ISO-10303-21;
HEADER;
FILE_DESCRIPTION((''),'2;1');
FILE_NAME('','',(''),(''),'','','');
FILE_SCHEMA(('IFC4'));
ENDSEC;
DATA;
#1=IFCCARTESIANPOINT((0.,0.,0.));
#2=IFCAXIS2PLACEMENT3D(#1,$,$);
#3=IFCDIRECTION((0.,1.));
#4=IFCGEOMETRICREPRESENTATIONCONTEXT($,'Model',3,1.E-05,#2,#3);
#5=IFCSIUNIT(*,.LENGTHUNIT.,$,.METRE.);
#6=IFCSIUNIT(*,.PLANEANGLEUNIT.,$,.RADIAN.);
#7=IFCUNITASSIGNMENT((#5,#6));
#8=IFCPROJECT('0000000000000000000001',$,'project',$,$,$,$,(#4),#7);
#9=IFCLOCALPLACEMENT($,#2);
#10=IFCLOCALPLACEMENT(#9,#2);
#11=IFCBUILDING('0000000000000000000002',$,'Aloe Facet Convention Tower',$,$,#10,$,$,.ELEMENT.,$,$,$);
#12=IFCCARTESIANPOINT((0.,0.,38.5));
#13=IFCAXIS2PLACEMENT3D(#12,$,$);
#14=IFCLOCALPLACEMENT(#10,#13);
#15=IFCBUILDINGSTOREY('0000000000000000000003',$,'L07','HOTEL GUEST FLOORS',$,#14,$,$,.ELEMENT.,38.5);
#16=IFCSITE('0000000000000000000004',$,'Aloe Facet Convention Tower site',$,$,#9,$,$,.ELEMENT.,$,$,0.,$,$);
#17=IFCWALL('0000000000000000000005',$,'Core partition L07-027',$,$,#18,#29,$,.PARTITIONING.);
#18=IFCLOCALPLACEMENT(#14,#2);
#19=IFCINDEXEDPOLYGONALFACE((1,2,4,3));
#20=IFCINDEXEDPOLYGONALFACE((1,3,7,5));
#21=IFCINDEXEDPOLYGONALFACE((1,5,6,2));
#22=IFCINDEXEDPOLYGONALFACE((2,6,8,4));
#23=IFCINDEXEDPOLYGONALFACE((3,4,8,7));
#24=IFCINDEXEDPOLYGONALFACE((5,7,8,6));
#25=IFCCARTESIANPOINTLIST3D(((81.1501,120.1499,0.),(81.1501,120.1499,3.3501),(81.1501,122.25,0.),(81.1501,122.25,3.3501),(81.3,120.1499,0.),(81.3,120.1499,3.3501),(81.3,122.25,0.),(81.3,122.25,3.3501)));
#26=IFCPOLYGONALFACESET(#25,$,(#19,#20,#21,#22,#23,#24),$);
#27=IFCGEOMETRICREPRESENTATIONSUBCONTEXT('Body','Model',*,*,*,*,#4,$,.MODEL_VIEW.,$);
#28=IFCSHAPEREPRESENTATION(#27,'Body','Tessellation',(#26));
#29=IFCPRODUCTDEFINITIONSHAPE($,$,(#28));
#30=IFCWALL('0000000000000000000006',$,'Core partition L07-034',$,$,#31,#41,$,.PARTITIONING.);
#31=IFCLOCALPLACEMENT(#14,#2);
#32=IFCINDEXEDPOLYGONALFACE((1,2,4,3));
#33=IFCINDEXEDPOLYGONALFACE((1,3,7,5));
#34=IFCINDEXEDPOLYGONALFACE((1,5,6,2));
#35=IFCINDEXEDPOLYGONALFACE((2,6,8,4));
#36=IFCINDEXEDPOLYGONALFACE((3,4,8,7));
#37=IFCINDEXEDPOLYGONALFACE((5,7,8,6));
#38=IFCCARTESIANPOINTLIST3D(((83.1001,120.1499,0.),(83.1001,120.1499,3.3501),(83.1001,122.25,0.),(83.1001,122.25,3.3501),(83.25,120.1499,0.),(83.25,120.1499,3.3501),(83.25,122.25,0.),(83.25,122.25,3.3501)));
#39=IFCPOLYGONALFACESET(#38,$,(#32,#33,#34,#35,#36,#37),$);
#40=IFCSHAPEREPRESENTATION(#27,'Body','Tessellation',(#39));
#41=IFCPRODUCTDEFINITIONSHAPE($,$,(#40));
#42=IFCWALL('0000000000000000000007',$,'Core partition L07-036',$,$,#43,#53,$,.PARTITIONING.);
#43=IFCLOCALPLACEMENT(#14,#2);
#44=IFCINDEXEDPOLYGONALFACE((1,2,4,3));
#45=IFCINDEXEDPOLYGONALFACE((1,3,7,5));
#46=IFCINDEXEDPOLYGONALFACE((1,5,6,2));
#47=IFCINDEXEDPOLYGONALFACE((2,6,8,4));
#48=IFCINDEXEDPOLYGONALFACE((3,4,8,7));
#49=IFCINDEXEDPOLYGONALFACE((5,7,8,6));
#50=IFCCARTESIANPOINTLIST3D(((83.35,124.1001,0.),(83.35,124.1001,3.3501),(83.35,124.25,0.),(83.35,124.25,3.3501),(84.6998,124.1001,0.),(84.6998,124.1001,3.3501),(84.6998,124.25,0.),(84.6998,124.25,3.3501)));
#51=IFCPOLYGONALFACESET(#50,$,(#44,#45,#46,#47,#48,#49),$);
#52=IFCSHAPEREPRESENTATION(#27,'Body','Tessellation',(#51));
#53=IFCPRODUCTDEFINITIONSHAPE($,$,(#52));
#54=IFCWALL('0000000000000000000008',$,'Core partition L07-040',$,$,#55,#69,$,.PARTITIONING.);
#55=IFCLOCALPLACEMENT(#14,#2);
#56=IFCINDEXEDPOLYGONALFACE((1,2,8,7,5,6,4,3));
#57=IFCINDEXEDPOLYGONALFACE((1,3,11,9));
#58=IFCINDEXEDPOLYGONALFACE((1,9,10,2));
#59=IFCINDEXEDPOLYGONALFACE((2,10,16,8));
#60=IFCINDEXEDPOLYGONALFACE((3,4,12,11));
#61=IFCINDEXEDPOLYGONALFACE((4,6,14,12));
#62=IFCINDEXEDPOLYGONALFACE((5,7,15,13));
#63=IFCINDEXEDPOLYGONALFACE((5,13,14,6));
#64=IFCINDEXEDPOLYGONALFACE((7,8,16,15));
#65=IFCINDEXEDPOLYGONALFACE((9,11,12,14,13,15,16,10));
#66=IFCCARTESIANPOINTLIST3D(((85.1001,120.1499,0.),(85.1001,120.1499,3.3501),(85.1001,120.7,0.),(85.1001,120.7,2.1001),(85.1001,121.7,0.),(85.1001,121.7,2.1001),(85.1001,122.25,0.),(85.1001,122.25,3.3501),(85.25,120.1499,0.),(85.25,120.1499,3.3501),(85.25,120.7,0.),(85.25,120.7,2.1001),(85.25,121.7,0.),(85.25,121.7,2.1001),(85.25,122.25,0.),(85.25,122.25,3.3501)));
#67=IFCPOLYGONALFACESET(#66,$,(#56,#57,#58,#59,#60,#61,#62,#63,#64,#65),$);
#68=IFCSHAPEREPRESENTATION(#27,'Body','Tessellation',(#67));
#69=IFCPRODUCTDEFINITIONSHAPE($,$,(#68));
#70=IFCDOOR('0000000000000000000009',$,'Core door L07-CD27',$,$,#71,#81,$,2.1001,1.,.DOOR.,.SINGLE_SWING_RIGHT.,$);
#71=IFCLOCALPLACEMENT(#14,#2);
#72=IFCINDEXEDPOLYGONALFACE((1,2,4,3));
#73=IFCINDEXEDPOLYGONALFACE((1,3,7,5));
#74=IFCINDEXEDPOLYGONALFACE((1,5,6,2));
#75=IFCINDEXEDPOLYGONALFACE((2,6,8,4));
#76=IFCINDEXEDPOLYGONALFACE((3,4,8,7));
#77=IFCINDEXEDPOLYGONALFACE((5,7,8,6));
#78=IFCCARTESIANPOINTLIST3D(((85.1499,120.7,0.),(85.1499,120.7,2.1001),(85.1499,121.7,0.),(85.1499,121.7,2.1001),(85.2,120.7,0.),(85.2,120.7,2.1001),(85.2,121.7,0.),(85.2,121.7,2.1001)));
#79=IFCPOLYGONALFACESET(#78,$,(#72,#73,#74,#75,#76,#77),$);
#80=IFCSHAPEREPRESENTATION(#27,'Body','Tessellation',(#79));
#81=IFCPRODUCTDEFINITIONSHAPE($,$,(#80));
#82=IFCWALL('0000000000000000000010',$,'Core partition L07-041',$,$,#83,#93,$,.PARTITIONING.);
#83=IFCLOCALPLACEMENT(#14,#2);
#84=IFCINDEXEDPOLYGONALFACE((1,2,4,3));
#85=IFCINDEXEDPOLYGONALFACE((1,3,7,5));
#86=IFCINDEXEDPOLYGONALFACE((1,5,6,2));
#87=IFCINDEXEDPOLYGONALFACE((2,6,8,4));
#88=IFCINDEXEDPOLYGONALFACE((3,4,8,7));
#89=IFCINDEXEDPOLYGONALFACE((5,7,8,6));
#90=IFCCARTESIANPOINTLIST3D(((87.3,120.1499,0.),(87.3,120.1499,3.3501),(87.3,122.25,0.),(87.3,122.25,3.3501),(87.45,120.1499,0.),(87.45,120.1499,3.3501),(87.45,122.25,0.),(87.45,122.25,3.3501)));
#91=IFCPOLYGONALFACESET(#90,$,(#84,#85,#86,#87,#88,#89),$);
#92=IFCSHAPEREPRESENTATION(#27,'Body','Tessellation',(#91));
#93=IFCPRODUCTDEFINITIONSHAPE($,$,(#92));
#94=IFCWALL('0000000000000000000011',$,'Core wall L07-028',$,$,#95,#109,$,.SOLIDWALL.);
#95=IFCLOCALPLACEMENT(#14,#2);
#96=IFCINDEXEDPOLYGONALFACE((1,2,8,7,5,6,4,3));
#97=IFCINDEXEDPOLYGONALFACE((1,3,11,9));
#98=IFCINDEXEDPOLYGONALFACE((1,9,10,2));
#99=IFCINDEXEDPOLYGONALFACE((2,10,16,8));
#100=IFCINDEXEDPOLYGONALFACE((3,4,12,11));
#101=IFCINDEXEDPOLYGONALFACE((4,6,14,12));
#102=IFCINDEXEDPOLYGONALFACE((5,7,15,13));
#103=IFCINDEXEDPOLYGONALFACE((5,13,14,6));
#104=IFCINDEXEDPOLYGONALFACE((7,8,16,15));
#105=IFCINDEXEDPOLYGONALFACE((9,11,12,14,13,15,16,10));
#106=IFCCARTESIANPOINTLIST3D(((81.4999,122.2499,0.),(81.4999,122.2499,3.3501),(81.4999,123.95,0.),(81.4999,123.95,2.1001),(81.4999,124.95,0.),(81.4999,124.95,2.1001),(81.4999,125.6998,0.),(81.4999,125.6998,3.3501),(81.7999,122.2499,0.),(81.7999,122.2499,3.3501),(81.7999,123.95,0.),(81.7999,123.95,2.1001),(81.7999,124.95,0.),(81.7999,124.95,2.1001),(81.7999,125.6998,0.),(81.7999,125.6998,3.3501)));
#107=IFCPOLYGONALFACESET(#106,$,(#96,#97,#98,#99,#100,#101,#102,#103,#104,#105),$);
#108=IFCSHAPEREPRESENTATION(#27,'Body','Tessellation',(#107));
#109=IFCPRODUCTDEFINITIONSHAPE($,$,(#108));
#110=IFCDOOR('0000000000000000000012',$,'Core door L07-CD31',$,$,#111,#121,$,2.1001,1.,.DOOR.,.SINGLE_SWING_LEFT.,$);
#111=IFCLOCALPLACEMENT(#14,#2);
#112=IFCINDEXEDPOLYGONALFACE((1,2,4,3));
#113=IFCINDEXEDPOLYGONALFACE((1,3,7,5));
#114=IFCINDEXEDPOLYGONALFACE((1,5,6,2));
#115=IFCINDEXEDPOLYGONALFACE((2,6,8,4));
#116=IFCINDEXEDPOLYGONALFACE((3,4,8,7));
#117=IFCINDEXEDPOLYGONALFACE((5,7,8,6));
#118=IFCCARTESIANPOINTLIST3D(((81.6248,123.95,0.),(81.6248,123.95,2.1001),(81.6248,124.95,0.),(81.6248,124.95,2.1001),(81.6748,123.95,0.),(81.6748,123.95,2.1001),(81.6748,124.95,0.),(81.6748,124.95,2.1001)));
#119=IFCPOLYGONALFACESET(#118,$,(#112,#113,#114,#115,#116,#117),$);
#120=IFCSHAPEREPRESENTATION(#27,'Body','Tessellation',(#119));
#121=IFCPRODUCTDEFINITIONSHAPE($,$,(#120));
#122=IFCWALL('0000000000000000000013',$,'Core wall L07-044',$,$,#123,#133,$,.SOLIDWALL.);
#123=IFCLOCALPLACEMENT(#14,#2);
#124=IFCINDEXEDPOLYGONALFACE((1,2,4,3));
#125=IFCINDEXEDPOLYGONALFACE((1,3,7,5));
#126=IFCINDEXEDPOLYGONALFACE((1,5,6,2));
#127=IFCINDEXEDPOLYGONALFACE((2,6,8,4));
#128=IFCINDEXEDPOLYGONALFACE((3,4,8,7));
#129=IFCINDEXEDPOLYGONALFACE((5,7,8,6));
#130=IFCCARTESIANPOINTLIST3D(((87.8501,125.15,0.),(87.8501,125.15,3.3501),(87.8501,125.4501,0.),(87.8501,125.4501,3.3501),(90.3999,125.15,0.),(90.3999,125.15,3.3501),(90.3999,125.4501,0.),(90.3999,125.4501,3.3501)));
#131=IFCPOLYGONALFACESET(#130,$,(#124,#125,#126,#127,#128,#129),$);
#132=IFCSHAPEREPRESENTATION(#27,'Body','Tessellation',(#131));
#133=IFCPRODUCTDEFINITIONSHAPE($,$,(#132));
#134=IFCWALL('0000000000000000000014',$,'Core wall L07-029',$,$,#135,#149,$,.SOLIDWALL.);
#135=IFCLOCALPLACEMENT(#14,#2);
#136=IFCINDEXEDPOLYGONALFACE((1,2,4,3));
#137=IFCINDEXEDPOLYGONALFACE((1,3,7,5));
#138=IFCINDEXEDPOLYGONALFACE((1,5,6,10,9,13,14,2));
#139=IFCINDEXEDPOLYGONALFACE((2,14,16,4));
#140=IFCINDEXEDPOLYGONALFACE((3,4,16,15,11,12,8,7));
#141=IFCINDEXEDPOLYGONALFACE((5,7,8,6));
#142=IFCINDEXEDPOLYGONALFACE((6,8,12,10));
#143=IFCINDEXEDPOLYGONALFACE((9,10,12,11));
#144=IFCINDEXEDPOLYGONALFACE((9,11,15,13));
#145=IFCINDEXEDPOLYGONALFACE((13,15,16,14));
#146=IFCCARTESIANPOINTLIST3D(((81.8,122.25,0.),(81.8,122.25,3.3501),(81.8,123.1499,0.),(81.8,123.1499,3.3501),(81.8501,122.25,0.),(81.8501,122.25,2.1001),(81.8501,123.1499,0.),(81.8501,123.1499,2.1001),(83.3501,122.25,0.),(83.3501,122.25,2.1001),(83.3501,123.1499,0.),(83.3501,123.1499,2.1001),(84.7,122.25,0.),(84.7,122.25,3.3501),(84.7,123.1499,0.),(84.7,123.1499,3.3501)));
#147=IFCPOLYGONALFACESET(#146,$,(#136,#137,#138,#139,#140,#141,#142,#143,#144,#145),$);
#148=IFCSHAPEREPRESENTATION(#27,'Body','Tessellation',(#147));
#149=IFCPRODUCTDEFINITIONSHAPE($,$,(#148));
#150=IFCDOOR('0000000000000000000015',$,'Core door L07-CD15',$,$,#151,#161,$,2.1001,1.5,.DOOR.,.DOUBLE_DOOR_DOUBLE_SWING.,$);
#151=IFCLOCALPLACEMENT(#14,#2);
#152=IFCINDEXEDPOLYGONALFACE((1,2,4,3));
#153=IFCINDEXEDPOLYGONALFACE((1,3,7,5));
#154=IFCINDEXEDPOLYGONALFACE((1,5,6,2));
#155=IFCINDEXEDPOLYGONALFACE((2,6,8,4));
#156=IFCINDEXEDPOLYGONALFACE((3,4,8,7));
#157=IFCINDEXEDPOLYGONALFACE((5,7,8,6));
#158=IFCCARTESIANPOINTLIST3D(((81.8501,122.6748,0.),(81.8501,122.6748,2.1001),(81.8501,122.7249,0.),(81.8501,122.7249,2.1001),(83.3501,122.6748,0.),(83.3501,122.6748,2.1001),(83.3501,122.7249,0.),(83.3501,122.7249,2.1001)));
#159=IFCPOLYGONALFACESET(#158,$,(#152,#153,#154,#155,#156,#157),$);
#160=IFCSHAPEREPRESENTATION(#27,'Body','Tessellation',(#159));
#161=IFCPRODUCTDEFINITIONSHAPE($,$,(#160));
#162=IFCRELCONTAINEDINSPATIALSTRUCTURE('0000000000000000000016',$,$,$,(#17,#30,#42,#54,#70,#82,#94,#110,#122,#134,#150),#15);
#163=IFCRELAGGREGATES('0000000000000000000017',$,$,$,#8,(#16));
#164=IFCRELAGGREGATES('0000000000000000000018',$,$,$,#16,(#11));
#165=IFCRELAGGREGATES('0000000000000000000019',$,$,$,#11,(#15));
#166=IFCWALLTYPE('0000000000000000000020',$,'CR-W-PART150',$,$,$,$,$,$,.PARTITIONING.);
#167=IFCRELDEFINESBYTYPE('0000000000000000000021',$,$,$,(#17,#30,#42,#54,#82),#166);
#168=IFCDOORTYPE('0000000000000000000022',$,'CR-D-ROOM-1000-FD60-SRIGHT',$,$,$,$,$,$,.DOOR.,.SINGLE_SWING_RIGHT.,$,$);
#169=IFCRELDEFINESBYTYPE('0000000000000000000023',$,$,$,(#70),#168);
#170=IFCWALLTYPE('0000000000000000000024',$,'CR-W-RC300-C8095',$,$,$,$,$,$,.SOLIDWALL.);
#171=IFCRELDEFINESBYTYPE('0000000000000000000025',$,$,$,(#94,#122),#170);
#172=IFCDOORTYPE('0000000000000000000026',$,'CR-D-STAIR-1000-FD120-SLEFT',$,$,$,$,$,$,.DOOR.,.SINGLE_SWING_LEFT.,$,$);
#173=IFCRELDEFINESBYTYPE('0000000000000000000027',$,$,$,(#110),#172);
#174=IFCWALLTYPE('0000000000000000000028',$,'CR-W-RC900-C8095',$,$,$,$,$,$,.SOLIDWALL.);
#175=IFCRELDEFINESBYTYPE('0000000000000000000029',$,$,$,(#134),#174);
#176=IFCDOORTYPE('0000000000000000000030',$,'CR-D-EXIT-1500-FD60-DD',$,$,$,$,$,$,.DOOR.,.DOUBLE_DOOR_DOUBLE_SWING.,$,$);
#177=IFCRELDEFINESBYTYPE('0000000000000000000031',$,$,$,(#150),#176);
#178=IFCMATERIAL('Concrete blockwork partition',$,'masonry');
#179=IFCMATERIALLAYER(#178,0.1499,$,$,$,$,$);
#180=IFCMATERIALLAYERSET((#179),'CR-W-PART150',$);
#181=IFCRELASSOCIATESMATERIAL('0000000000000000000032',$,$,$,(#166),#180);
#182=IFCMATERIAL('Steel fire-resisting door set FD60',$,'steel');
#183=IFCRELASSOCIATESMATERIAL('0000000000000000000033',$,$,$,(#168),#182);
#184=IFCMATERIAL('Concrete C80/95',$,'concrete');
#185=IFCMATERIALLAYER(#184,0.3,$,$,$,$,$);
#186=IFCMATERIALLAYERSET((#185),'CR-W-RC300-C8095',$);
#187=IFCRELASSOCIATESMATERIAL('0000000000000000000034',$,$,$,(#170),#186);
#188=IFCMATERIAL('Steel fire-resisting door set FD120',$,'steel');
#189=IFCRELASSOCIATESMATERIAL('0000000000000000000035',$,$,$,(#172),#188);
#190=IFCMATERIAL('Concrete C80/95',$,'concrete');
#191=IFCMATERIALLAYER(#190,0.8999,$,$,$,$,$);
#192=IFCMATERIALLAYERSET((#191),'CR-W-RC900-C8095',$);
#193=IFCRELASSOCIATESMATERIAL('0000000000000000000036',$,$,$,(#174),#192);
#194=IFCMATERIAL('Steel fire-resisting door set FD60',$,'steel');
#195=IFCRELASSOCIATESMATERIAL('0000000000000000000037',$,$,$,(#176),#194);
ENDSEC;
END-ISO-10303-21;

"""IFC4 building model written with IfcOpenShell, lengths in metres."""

from ifc_helpers import new_model, si_unit, direction, frame, frame_2d, origin, place, context, subcontext, project, spatial, rectangle, extrude, material, layer, layer_set, type_object, element, fill, save


model = new_model("IFC4")

# Units and contexts
model_context = context("Model", 3, precision=1e-05, world=origin(), true_north=direction((0.0, 1.0)))
body_context = subcontext(model_context, "Body", "Model", "MODEL_VIEW")
ifc_project = project(units=[si_unit("LENGTHUNIT", "METRE"), si_unit("PLANEANGLEUNIT", "RADIAN")], contexts=[model_context])

# Site, building, storey
site_placement = place(None, origin())
site = spatial("IfcSite", under=ifc_project, at=site_placement, Name="Aloe Facet Convention Tower site", CompositionType="ELEMENT", RefElevation=0.0)
building_placement = place(site_placement, origin())
building = spatial("IfcBuilding", under=site, at=building_placement, Name="Aloe Facet Convention Tower", CompositionType="ELEMENT")
storey_placement = place(building_placement, frame((0.0, 0.0, 38.5)))
storey = spatial("IfcBuildingStorey", under=building, at=storey_placement, Name="L07", Description="HOTEL GUEST FLOORS", CompositionType="ELEMENT", Elevation=38.5)

# Walls
ifc_material_1 = material(Name="Concrete blockwork partition", Category="masonry")
ifc_layer_1 = layer(ifc_material_1, 0.1499)
ifc_layer_set_1 = layer_set([ifc_layer_1], Name="CR-W-PART150")
wall_type_1 = type_object("IfcWallType", Name="CR-W-PART150", PredefinedType="PARTITIONING", material=ifc_layer_set_1)
for number, where, z_axis, x_axis, name in (
    (1, (81.2251, 122.25, 0.0), (0.0, 0.0, 1.0), (0.0, -1.0, 0.0), "Core partition L07-027"),
    (2, (83.175, 122.25, 0.0), (0.0, 0.0, 1.0), (0.0, -1.0, 0.0), "Core partition L07-034"),
):
    element("IfcWall", number, at=place(storey_placement, frame(where, z_axis=z_axis, x_axis=x_axis)), inside=storey, type_object=wall_type_1, Name=name, PredefinedType="PARTITIONING", context=body_context, shape_type="SweptSolid", body=[
        extrude(rectangle(XDim=2.1001, YDim=0.1499, at=frame_2d((1.05, 0.0))), origin(), (0.0, 0.0, 1.0), 3.3501),
    ])
wall_1_placement = place(storey_placement, frame((83.3501, 124.175, 0.0), z_axis=(0.0, 0.0, 1.0), x_axis=(1.0, 0.0, 0.0)))
element("IfcWall", 3, at=wall_1_placement, inside=storey, type_object=wall_type_1, Name="Core partition L07-036", PredefinedType="PARTITIONING", context=body_context, shape_type="SweptSolid", body=[
    extrude(rectangle(XDim=1.3499, YDim=0.1499, at=frame_2d((0.6748, 0.0))), origin(), (0.0, 0.0, 1.0), 3.3501),
])

# Wall, opening, door
wall_2_placement = place(storey_placement, frame((85.175, 122.25, 0.0), z_axis=(0.0, 0.0, 1.0), x_axis=(0.0, -1.0, 0.0)))
wall_2 = element("IfcWall", 4, at=wall_2_placement, inside=storey, type_object=wall_type_1, Name="Core partition L07-040", PredefinedType="PARTITIONING", context=body_context, shape_type="SweptSolid", body=[
    extrude(rectangle(XDim=2.1001, YDim=0.1499, at=frame_2d((1.05, 0.0))), origin(), (0.0, 0.0, 1.0), 3.3501),
])
opening_1_placement = place(wall_2_placement, frame((0.55, 0.0, 0.0)))
opening_1 = element("IfcOpeningElement", 5, at=opening_1_placement, cuts=wall_2, PredefinedType="OPENING", context=body_context, shape_type="SweptSolid", body=[
    extrude(rectangle(XDim=1.0, YDim=2.1001, at=frame_2d((0.5, 1.05))), frame((0.0, 0.085, 0.0), z_axis=(0.0, -1.0, 0.0), x_axis=(1.0, 0.0, 0.0)), (0.0, 0.0, 1.0), 0.1699),
])
ifc_material_2 = material(Name="Steel fire-resisting door set FD60", Category="steel")
door_type_1 = type_object("IfcDoorType", Name="CR-D-ROOM-1000-FD60-SRIGHT", OperationType="SINGLE_SWING_RIGHT", PredefinedType="DOOR", material=ifc_material_2)
door_1_placement = place(opening_1_placement, origin())
door_1 = element("IfcDoor", 6, at=door_1_placement, inside=storey, type_object=door_type_1, Name="Core door L07-CD27", OperationType="SINGLE_SWING_RIGHT", OverallHeight=2.1001, OverallWidth=1.0, PredefinedType="DOOR", context=body_context, shape_type="SweptSolid", body=[
    extrude(rectangle(XDim=1.0, YDim=2.1001, at=frame_2d((0.5, 1.05))), frame((0.0, 0.0249, 0.0), z_axis=(0.0, -1.0, 0.0), x_axis=(1.0, 0.0, 0.0)), (0.0, 0.0, 1.0), 0.05),
])
fill(opening_1, door_1)

# Wall
wall_3_placement = place(storey_placement, frame((87.375, 122.25, 0.0), z_axis=(0.0, 0.0, 1.0), x_axis=(0.0, -1.0, 0.0)))
element("IfcWall", 7, at=wall_3_placement, inside=storey, type_object=wall_type_1, Name="Core partition L07-041", PredefinedType="PARTITIONING", context=body_context, shape_type="SweptSolid", body=[
    extrude(rectangle(XDim=2.1001, YDim=0.1499, at=frame_2d((1.05, 0.0))), origin(), (0.0, 0.0, 1.0), 3.3501),
])

# Wall, opening, door
ifc_material_3 = material(Name="Concrete C80/95", Category="concrete")
ifc_layer_2 = layer(ifc_material_3, 0.3)
ifc_layer_set_2 = layer_set([ifc_layer_2], Name="CR-W-RC300-C8095")
wall_type_2 = type_object("IfcWallType", Name="CR-W-RC300-C8095", PredefinedType="SOLIDWALL", material=ifc_layer_set_2)
wall_4_placement = place(storey_placement, frame((81.6499, 125.7, 0.0), z_axis=(0.0, 0.0, 1.0), x_axis=(0.0, -1.0, 0.0)))
wall_4 = element("IfcWall", 8, at=wall_4_placement, inside=storey, type_object=wall_type_2, Name="Core wall L07-028", PredefinedType="SOLIDWALL", context=body_context, shape_type="SweptSolid", body=[
    extrude(rectangle(XDim=3.45, YDim=0.3, at=frame_2d((1.7251, 0.0))), origin(), (0.0, 0.0, 1.0), 3.3501),
])
opening_2_placement = place(wall_4_placement, frame((0.75, 0.0, 0.0)))
opening_2 = element("IfcOpeningElement", 9, at=opening_2_placement, cuts=wall_4, PredefinedType="OPENING", context=body_context, shape_type="SweptSolid", body=[
    extrude(rectangle(XDim=1.0, YDim=2.1001, at=frame_2d((0.5, 1.05))), frame((0.0, 0.1602, 0.0), z_axis=(0.0, -1.0, 0.0), x_axis=(1.0, 0.0, 0.0)), (0.0, 0.0, 1.0), 0.3201),
])
ifc_material_4 = material(Name="Steel fire-resisting door set FD120", Category="steel")
door_type_2 = type_object("IfcDoorType", Name="CR-D-STAIR-1000-FD120-SLEFT", OperationType="SINGLE_SWING_LEFT", PredefinedType="DOOR", material=ifc_material_4)
door_2_placement = place(opening_2_placement, origin())
door_2 = element("IfcDoor", 10, at=door_2_placement, inside=storey, type_object=door_type_2, Name="Core door L07-CD31", OperationType="SINGLE_SWING_LEFT", OverallHeight=2.1001, OverallWidth=1.0, PredefinedType="DOOR", context=body_context, shape_type="SweptSolid", body=[
    extrude(rectangle(XDim=1.0, YDim=2.1001, at=frame_2d((0.5, 1.05))), frame((0.0, 0.0249, 0.0), z_axis=(0.0, -1.0, 0.0), x_axis=(1.0, 0.0, 0.0)), (0.0, 0.0, 1.0), 0.05),
])
fill(opening_2, door_2)

# Wall
wall_5_placement = place(storey_placement, frame((87.8501, 125.3, 0.0), z_axis=(0.0, 0.0, 1.0), x_axis=(1.0, 0.0, 0.0)))
element("IfcWall", 11, at=wall_5_placement, inside=storey, type_object=wall_type_2, Name="Core wall L07-044", PredefinedType="SOLIDWALL", context=body_context, shape_type="SweptSolid", body=[
    extrude(rectangle(XDim=2.5498, YDim=0.3, at=frame_2d((1.2749, 0.0))), origin(), (0.0, 0.0, 1.0), 3.3501),
])

# Wall, opening, door
ifc_material_5 = material(Name="Concrete C80/95", Category="concrete")
ifc_layer_3 = layer(ifc_material_5, 0.8999)
ifc_layer_set_3 = layer_set([ifc_layer_3], Name="CR-W-RC900-C8095")
wall_type_3 = type_object("IfcWallType", Name="CR-W-RC900-C8095", PredefinedType="SOLIDWALL", material=ifc_layer_set_3)
wall_6_placement = place(storey_placement, frame((81.8, 122.7, 0.0), z_axis=(0.0, 0.0, 1.0), x_axis=(1.0, 0.0, 0.0)))
wall_6 = element("IfcWall", 12, at=wall_6_placement, inside=storey, type_object=wall_type_3, Name="Core wall L07-029", PredefinedType="SOLIDWALL", context=body_context, shape_type="SweptSolid", body=[
    extrude(rectangle(XDim=2.8999, YDim=0.8999, at=frame_2d((1.45, 0.0))), origin(), (0.0, 0.0, 1.0), 3.3501),
])
opening_3_placement = place(wall_6_placement, frame((0.05, 0.0, 0.0)))
opening_3 = element("IfcOpeningElement", 13, at=opening_3_placement, cuts=wall_6, PredefinedType="OPENING", context=body_context, shape_type="SweptSolid", body=[
    extrude(rectangle(XDim=1.5, YDim=2.1001, at=frame_2d((0.75, 1.05))), frame((0.0, 0.46, 0.0), z_axis=(0.0, -1.0, 0.0), x_axis=(1.0, 0.0, 0.0)), (0.0, 0.0, 1.0), 0.9199),
])
ifc_material_6 = material(Name="Steel fire-resisting door set FD60", Category="steel")
door_type_3 = type_object("IfcDoorType", Name="CR-D-EXIT-1500-FD60-DD", OperationType="DOUBLE_DOOR_DOUBLE_SWING", PredefinedType="DOOR", material=ifc_material_6)
door_3_placement = place(opening_3_placement, origin())
door_3 = element("IfcDoor", 14, at=door_3_placement, inside=storey, type_object=door_type_3, Name="Core door L07-CD15", OperationType="DOUBLE_DOOR_DOUBLE_SWING", OverallHeight=2.1001, OverallWidth=1.5, PredefinedType="DOOR", context=body_context, shape_type="SweptSolid", body=[
    extrude(rectangle(XDim=1.5, YDim=2.1001, at=frame_2d((0.75, 1.05))), frame((0.0, 0.0249, 0.0), z_axis=(0.0, -1.0, 0.0), x_axis=(1.0, 0.0, 0.0)), (0.0, 0.0, 1.0), 0.05),
])
fill(opening_3, door_3)

save(model, "model.ifc")
